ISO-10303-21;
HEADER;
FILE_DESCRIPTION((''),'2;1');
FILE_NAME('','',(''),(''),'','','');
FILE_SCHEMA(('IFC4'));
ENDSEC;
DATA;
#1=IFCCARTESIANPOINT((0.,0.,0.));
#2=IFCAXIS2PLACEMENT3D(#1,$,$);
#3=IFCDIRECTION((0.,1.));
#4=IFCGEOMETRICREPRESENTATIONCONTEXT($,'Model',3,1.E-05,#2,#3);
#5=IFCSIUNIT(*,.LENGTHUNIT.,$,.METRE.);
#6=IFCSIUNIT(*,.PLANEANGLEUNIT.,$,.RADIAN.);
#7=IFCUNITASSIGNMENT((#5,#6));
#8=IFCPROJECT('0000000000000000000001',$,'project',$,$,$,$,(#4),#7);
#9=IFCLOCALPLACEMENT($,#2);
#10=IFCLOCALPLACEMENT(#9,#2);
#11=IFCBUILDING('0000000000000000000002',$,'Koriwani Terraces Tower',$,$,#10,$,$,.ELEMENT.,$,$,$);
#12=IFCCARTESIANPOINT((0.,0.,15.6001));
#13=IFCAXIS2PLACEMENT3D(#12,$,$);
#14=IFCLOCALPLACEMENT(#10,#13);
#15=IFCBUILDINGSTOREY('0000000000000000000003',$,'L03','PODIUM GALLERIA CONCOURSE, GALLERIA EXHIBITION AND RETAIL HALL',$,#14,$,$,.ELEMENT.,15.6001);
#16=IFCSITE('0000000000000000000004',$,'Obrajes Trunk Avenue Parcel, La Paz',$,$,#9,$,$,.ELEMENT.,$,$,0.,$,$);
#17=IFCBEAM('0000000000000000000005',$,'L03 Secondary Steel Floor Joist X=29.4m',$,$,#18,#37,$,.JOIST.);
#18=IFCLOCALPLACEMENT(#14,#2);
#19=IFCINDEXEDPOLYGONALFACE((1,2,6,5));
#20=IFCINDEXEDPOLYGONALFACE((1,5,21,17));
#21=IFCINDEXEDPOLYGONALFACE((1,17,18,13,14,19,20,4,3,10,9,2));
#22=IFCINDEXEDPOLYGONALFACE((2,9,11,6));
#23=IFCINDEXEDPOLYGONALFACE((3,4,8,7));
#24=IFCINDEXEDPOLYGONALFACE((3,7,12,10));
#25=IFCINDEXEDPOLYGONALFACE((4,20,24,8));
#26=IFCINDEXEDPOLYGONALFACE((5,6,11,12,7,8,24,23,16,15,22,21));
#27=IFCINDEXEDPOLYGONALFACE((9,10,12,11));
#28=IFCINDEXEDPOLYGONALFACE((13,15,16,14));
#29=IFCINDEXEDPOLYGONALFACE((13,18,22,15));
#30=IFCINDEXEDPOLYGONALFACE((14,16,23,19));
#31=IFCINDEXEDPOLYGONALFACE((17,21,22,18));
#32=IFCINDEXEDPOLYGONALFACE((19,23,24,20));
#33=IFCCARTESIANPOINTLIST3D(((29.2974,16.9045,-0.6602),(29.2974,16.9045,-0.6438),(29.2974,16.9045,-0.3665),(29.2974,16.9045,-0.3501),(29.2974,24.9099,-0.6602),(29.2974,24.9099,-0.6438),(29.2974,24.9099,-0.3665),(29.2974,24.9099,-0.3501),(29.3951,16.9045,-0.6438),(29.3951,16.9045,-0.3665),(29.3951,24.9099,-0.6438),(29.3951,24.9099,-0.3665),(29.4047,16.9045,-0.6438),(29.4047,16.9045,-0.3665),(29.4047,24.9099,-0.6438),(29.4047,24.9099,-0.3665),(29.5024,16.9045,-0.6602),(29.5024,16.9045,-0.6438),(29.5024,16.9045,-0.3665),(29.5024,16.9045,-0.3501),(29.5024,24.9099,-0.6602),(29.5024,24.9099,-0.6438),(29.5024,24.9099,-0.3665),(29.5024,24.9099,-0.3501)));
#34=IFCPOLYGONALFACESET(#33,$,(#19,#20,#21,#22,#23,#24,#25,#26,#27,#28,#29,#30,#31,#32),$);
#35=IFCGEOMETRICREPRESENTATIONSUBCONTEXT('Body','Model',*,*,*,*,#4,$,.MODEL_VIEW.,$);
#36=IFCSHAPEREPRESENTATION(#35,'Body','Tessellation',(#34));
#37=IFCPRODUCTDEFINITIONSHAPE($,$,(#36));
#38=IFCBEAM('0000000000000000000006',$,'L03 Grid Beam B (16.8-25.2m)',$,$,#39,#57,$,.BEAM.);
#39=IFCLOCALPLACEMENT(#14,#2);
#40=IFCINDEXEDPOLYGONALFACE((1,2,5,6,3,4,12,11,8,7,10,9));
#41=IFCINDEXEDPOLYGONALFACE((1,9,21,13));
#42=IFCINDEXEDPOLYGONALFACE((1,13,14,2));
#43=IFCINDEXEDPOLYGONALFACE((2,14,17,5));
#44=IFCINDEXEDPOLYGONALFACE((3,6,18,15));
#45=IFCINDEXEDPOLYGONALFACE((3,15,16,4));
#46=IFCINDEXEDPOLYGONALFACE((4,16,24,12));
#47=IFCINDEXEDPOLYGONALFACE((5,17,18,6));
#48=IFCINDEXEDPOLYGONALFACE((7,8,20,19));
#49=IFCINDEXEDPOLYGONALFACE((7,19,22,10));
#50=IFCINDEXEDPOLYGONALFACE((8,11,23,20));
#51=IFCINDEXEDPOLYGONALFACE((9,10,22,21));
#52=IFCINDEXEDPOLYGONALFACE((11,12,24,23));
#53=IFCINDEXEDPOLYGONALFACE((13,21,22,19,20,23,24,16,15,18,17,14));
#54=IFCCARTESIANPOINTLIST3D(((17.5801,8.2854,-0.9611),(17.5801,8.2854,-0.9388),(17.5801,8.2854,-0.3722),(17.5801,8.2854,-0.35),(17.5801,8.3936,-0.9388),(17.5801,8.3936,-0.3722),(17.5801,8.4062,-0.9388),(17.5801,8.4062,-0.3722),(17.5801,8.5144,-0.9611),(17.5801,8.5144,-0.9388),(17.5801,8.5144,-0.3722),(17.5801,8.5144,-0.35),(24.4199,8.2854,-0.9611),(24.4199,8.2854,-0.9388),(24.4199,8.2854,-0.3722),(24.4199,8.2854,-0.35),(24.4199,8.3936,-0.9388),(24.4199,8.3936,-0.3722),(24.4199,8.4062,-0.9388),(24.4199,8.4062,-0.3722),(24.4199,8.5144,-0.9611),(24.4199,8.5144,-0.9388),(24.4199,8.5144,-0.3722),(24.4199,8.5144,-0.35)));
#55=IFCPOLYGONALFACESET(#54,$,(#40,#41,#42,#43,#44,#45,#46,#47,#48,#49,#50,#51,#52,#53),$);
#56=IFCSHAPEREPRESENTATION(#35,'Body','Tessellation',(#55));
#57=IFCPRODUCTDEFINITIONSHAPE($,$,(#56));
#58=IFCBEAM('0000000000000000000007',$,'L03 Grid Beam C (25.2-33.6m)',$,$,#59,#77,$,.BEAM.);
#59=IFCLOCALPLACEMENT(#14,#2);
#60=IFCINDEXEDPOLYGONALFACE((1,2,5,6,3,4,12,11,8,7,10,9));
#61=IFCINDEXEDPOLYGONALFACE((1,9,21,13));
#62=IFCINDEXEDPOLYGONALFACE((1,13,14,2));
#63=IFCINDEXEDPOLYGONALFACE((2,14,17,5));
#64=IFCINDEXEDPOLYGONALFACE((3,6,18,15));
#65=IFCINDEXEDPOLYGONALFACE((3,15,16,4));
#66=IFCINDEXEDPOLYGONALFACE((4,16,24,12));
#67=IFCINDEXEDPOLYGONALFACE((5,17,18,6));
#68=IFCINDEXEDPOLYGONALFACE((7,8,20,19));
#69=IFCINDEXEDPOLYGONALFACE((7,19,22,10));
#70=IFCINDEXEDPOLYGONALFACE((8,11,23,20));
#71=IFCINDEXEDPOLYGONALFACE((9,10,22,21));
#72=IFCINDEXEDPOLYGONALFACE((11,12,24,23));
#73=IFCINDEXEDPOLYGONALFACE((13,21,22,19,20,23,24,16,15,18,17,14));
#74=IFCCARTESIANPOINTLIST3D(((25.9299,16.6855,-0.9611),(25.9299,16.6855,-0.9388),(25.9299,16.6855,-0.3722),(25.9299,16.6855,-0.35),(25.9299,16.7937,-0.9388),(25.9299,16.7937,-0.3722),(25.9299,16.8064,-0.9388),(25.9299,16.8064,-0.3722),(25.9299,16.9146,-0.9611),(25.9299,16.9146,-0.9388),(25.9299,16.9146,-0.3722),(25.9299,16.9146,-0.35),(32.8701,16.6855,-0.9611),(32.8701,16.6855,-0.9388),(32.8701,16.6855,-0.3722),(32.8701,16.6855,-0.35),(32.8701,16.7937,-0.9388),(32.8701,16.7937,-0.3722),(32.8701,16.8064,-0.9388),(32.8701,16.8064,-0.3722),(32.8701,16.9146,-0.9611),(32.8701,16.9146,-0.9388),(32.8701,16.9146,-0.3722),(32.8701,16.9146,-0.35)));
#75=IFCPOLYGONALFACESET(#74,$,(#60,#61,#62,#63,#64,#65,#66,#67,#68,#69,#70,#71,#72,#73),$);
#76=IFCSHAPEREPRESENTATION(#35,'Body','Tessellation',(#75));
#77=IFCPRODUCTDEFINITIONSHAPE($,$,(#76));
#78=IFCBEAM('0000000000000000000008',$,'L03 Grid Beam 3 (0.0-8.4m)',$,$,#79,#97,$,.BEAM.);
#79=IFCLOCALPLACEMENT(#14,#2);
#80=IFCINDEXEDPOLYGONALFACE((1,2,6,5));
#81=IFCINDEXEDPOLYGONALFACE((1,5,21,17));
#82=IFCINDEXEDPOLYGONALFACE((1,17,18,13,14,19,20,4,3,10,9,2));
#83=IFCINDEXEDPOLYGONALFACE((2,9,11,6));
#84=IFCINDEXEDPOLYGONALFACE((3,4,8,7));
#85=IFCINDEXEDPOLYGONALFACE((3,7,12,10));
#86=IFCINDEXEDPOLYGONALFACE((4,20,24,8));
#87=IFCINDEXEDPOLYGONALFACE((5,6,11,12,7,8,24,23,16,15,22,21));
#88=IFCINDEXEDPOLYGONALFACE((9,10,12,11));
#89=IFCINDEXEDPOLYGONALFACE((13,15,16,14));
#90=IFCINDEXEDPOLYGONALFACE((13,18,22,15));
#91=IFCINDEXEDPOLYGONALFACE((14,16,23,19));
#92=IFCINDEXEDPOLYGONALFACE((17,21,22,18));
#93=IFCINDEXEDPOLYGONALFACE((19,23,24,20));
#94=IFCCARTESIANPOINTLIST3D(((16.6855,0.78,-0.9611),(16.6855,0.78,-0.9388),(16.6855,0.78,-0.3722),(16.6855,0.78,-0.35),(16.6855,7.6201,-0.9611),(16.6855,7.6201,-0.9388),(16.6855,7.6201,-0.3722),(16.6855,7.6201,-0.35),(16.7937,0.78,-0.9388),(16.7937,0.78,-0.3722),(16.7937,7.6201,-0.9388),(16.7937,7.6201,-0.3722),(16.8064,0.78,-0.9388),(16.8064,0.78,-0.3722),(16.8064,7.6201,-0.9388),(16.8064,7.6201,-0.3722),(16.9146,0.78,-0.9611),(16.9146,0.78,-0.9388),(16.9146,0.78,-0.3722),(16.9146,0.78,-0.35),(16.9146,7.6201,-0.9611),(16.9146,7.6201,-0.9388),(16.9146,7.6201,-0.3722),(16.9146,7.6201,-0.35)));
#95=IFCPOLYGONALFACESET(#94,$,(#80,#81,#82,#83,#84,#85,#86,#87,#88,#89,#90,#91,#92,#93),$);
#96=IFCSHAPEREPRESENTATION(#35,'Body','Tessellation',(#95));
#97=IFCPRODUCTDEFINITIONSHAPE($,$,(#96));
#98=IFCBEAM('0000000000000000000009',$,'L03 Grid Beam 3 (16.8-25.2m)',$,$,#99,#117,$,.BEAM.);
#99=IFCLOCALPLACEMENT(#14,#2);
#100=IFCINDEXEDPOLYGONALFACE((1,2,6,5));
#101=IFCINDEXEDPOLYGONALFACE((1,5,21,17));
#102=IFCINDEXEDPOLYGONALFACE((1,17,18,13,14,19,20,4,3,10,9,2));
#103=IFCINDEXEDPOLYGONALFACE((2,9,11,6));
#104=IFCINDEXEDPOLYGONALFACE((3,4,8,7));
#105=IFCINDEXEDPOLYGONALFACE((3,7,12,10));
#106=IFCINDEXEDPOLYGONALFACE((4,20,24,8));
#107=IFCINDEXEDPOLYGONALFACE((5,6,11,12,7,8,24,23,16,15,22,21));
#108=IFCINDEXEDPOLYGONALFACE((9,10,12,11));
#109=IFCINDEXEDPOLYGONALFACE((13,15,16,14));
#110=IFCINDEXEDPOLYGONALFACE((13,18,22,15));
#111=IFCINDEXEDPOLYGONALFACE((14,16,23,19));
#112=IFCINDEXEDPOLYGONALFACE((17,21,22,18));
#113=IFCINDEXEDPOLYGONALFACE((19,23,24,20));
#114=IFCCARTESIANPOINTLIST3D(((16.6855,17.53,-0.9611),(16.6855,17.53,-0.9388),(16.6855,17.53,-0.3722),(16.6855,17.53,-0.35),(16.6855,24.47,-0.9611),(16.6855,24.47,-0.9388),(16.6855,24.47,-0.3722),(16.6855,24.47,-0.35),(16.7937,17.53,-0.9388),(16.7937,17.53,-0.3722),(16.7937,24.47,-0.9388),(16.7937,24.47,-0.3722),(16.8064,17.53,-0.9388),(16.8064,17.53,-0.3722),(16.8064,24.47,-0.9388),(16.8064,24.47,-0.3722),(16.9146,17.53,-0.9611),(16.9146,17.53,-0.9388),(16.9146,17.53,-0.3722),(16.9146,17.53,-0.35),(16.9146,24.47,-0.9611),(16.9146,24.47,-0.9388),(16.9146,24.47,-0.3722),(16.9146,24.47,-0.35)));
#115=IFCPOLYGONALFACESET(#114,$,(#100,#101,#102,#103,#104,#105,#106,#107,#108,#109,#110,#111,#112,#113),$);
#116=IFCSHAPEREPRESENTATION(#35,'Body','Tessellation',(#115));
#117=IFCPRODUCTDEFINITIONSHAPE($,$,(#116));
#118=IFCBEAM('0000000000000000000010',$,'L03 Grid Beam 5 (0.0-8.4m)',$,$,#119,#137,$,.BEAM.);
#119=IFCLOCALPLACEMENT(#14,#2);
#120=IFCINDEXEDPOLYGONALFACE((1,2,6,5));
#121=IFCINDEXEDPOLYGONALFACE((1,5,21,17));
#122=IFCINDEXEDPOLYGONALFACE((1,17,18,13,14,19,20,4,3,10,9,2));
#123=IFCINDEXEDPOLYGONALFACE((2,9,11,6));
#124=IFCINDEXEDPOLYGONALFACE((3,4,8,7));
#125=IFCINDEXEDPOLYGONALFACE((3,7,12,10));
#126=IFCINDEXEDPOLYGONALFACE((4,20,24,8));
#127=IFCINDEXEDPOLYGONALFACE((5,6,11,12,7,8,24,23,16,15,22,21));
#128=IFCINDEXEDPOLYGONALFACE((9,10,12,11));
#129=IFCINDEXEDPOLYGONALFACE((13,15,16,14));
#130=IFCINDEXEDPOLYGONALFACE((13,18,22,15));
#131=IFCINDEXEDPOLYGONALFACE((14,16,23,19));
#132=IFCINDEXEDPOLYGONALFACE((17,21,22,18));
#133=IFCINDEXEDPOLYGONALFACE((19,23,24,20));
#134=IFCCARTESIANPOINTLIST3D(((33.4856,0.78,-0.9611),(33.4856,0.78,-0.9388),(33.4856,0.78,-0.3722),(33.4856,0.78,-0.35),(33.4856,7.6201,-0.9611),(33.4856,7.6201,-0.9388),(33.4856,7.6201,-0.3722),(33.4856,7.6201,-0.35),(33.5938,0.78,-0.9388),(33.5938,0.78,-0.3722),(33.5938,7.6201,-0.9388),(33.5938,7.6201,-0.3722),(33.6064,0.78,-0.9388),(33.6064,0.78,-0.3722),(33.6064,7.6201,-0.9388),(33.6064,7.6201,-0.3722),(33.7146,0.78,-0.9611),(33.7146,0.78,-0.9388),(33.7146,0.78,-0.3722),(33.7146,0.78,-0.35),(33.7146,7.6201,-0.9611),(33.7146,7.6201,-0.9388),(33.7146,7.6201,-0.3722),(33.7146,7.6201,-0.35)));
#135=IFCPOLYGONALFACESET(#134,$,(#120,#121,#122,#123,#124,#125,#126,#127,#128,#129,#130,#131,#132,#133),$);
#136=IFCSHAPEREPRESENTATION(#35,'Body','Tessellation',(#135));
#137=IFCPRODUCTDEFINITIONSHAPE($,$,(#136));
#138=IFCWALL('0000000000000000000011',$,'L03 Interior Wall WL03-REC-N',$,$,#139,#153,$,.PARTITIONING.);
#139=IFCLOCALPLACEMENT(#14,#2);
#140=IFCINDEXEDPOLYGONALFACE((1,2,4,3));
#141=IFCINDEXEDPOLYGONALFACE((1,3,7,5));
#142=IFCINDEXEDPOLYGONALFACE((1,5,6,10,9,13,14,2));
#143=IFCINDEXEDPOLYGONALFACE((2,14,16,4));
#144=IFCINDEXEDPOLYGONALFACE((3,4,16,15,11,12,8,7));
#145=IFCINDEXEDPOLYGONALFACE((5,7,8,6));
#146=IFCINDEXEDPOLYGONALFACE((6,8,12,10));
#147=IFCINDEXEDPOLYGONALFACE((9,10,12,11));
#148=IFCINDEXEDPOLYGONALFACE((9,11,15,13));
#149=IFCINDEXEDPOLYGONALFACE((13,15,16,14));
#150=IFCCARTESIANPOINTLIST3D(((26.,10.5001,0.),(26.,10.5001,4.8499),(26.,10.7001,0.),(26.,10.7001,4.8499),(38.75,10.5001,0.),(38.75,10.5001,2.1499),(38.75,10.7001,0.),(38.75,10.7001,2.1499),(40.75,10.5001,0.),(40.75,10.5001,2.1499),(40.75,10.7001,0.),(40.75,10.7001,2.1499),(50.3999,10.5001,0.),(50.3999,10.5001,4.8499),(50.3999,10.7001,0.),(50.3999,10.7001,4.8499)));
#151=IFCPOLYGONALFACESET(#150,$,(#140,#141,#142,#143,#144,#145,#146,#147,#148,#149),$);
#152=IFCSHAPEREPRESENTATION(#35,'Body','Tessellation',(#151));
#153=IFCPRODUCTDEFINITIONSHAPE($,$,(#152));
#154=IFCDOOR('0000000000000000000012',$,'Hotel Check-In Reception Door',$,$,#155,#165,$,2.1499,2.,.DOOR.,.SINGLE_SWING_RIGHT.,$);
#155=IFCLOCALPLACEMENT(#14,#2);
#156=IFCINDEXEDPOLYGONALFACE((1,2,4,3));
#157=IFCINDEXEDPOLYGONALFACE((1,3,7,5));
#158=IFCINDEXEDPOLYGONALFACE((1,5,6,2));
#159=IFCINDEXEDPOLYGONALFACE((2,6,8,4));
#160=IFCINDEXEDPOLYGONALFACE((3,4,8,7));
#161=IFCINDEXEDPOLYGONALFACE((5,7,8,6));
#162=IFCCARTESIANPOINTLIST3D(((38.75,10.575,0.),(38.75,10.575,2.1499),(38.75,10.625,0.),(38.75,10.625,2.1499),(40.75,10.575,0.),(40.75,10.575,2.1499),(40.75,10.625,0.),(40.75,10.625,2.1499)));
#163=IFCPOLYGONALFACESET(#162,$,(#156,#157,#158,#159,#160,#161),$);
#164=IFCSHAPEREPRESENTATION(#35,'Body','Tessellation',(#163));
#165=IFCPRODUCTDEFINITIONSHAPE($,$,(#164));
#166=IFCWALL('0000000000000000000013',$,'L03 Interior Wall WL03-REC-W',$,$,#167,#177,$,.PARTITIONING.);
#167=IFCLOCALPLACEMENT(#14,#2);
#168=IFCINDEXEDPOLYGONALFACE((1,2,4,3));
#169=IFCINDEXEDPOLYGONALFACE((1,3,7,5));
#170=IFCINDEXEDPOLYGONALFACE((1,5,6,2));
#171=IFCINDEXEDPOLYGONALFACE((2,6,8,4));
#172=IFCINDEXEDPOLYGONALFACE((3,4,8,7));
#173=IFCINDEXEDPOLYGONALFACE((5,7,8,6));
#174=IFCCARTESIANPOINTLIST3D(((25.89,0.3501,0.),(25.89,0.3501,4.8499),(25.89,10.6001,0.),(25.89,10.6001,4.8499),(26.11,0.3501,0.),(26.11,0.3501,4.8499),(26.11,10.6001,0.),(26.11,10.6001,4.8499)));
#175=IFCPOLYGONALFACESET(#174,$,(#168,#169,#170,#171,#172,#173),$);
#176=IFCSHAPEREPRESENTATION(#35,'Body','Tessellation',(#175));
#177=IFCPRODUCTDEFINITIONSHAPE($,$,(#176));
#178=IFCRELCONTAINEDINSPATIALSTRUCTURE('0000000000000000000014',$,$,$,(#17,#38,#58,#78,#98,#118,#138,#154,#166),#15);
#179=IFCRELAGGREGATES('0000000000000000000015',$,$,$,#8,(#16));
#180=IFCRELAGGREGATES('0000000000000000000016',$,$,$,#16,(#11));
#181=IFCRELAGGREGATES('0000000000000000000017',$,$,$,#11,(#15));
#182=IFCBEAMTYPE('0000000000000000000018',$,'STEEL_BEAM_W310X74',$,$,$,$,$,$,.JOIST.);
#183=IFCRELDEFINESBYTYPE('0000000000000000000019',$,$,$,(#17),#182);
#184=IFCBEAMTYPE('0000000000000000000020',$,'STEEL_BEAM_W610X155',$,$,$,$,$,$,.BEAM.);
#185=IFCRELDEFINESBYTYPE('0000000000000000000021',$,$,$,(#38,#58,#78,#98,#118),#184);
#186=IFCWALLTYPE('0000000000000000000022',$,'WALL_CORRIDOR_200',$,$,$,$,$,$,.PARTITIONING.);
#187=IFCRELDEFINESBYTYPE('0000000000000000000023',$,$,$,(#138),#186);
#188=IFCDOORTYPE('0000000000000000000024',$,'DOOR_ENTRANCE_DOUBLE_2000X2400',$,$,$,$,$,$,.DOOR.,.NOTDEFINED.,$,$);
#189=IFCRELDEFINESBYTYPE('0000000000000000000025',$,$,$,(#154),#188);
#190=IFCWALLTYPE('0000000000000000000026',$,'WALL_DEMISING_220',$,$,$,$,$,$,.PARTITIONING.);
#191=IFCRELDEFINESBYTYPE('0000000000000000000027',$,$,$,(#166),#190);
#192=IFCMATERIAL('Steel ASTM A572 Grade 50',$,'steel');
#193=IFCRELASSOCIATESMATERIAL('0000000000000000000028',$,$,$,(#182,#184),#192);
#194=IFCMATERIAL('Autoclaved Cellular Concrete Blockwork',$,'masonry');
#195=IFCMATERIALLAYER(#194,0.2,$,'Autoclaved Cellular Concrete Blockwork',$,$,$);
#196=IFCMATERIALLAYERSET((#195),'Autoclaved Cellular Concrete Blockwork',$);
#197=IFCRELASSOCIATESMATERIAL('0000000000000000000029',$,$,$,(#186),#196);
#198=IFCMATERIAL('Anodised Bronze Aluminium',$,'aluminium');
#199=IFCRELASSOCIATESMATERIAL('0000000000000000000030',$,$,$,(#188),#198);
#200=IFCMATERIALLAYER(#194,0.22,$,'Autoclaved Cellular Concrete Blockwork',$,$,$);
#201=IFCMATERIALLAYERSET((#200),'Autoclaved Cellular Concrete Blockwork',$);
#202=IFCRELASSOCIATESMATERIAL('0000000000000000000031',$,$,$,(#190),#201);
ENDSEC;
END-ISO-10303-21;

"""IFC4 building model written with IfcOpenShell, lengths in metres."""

from ifc_helpers import new_model, si_unit, direction, frame, frame_2d, origin, origin_2d, place, context, subcontext, project, spatial, rectangle, i_section, extrude, material, layer, layer_set, material_profile, profile_set, type_object, element, fill, save


model = new_model("IFC4")

# Units and contexts
model_context = context("Model", 3, precision=1e-05, world=origin(), true_north=direction((0.0, 1.0)))
body_context = subcontext(model_context, "Body", "Model", "MODEL_VIEW")
ifc_project = project(units=[si_unit("LENGTHUNIT", "METRE"), si_unit("PLANEANGLEUNIT", "RADIAN")], contexts=[model_context])

# Site, building, storey
site_placement = place(None, origin())
site = spatial("IfcSite", under=ifc_project, at=site_placement, Name="Obrajes Trunk Avenue Parcel, La Paz", CompositionType="ELEMENT", RefElevation=0.0)
building_placement = place(site_placement, origin())
building = spatial("IfcBuilding", under=site, at=building_placement, Name="Koriwani Terraces Tower", CompositionType="ELEMENT")
storey_placement = place(building_placement, frame((0.0, 0.0, 15.6001)))
storey = spatial("IfcBuildingStorey", under=building, at=storey_placement, Name="L03", Description="PODIUM GALLERIA CONCOURSE, GALLERIA EXHIBITION AND RETAIL HALL", CompositionType="ELEMENT", Elevation=15.6001)

# Beams
ifc_material_1 = material(Name="Steel ASTM A572 Grade 50", Category="steel")
ifc_material_profile_1 = material_profile(ifc_material_1, i_section(OverallWidth=0.2051, OverallDepth=0.3101, WebThickness=0.0095, FlangeThickness=0.0164, at=origin_2d()), Name="Steel ASTM A572 Grade 50", Category="LoadBearing")
ifc_profile_set_1 = profile_set([ifc_material_profile_1], Name="Steel ASTM A572 Grade 50")
beam_type_1 = type_object("IfcBeamType", Name="STEEL_BEAM_W310X74", PredefinedType="JOIST", material=ifc_profile_set_1)
beam_1_placement = place(storey_placement, frame((29.3999, 16.9045, -0.5051), z_axis=(0.0, 1.0, 0.0), x_axis=(-1.0, 0.0, 0.0)))
element("IfcBeam", 1, at=beam_1_placement, inside=storey, type_object=beam_type_1, Name="L03 Secondary Steel Floor Joist X=29.4m", PredefinedType="JOIST", context=body_context, shape_type="SweptSolid", body=[
    extrude(i_section(OverallWidth=0.2051, OverallDepth=0.3101, WebThickness=0.0095, FlangeThickness=0.0164, at=origin_2d()), origin(), (0.0, 0.0, 1.0), 8.0054),
])
ifc_material_profile_2 = material_profile(ifc_material_1, i_section(OverallWidth=0.229, OverallDepth=0.6111, WebThickness=0.0127, FlangeThickness=0.0222, at=origin_2d()), Name="Steel ASTM A572 Grade 50", Category="LoadBearing")
ifc_profile_set_2 = profile_set([ifc_material_profile_2], Name="Steel ASTM A572 Grade 50")
beam_type_2 = type_object("IfcBeamType", Name="STEEL_BEAM_W610X155", PredefinedType="BEAM", material=ifc_profile_set_2)
beam_2_placement = place(storey_placement, frame((17.5801, 8.3999, -0.6555), z_axis=(1.0, 0.0, 0.0), x_axis=(0.0, 1.0, 0.0)))
element("IfcBeam", 2, at=beam_2_placement, inside=storey, type_object=beam_type_2, Name="L03 Grid Beam B (16.8-25.2m)", PredefinedType="BEAM", context=body_context, shape_type="SweptSolid", body=[
    extrude(i_section(OverallWidth=0.229, OverallDepth=0.6111, WebThickness=0.0127, FlangeThickness=0.0222, at=origin_2d()), origin(), (0.0, 0.0, 1.0), 6.8398),
])
beam_3_placement = place(storey_placement, frame((25.9299, 16.8, -0.6555), z_axis=(1.0, 0.0, 0.0), x_axis=(0.0, 1.0, 0.0)))
element("IfcBeam", 3, at=beam_3_placement, inside=storey, type_object=beam_type_2, Name="L03 Grid Beam C (25.2-33.6m)", PredefinedType="BEAM", context=body_context, shape_type="SweptSolid", body=[
    extrude(i_section(OverallWidth=0.229, OverallDepth=0.6111, WebThickness=0.0127, FlangeThickness=0.0222, at=origin_2d()), origin(), (0.0, 0.0, 1.0), 6.9402),
])
beam_4_placement = place(storey_placement, frame((16.8, 0.78, -0.6555), z_axis=(0.0, 1.0, 0.0), x_axis=(-1.0, 0.0, 0.0)))
element("IfcBeam", 4, at=beam_4_placement, inside=storey, type_object=beam_type_2, Name="L03 Grid Beam 3 (0.0-8.4m)", PredefinedType="BEAM", context=body_context, shape_type="SweptSolid", body=[
    extrude(i_section(OverallWidth=0.229, OverallDepth=0.6111, WebThickness=0.0127, FlangeThickness=0.0222, at=origin_2d()), origin(), (0.0, 0.0, 1.0), 6.8401),
])
beam_5_placement = place(storey_placement, frame((16.8, 17.53, -0.6555), z_axis=(0.0, 1.0, 0.0), x_axis=(-1.0, 0.0, 0.0)))
element("IfcBeam", 5, at=beam_5_placement, inside=storey, type_object=beam_type_2, Name="L03 Grid Beam 3 (16.8-25.2m)", PredefinedType="BEAM", context=body_context, shape_type="SweptSolid", body=[
    extrude(i_section(OverallWidth=0.229, OverallDepth=0.6111, WebThickness=0.0127, FlangeThickness=0.0222, at=origin_2d()), origin(), (0.0, 0.0, 1.0), 6.9399),
])
beam_6_placement = place(storey_placement, frame((33.6001, 0.78, -0.6555), z_axis=(0.0, 1.0, 0.0), x_axis=(-1.0, 0.0, 0.0)))
element("IfcBeam", 6, at=beam_6_placement, inside=storey, type_object=beam_type_2, Name="L03 Grid Beam 5 (0.0-8.4m)", PredefinedType="BEAM", context=body_context, shape_type="SweptSolid", body=[
    extrude(i_section(OverallWidth=0.229, OverallDepth=0.6111, WebThickness=0.0127, FlangeThickness=0.0222, at=origin_2d()), origin(), (0.0, 0.0, 1.0), 6.8401),
])

# Wall, opening, door
ifc_material_2 = material(Name="Autoclaved Cellular Concrete Blockwork", Category="masonry")
ifc_layer_1 = layer(ifc_material_2, 0.2, Name="Autoclaved Cellular Concrete Blockwork")
ifc_layer_set_1 = layer_set([ifc_layer_1], Name="Autoclaved Cellular Concrete Blockwork")
wall_type_1 = type_object("IfcWallType", Name="WALL_CORRIDOR_200", PredefinedType="PARTITIONING", material=ifc_layer_set_1)
wall_1_placement = place(storey_placement, frame((26.0, 10.6001, 0.0), z_axis=(0.0, 0.0, 1.0), x_axis=(1.0, 0.0, 0.0)))
wall_1 = element("IfcWall", 7, at=wall_1_placement, inside=storey, type_object=wall_type_1, Name="L03 Interior Wall WL03-REC-N", PredefinedType="PARTITIONING", context=body_context, shape_type="SweptSolid", body=[
    extrude(rectangle(XDim=24.3999, YDim=0.2, at=frame_2d((12.2, 0.0))), origin(), (0.0, 0.0, 1.0), 4.8499),
])
opening_placement = place(wall_1_placement, frame((12.75, 0.0, 0.0)))
opening = element("IfcOpeningElement", 8, at=opening_placement, cuts=wall_1, PredefinedType="OPENING", context=body_context, shape_type="SweptSolid", body=[
    extrude(rectangle(XDim=2.0, YDim=2.1499, at=frame_2d((1.0, 1.075))), frame((0.0, 0.1099, 0.0), z_axis=(0.0, -1.0, 0.0), x_axis=(1.0, 0.0, 0.0)), (0.0, 0.0, 1.0), 0.22),
])
ifc_material_3 = material(Name="Anodised Bronze Aluminium", Category="aluminium")
door_type = type_object("IfcDoorType", Name="DOOR_ENTRANCE_DOUBLE_2000X2400", OperationType="NOTDEFINED", PredefinedType="DOOR", material=ifc_material_3)
door_placement = place(opening_placement, origin())
door = element("IfcDoor", 9, at=door_placement, inside=storey, type_object=door_type, Name="Hotel Check-In Reception Door", OperationType="SINGLE_SWING_RIGHT", OverallHeight=2.1499, OverallWidth=2.0, PredefinedType="DOOR", context=body_context, shape_type="SweptSolid", body=[
    extrude(rectangle(XDim=2.0, YDim=2.1499, at=frame_2d((1.0, 1.075))), frame((0.0, 0.0249, 0.0), z_axis=(0.0, -1.0, 0.0), x_axis=(1.0, 0.0, 0.0)), (0.0, 0.0, 1.0), 0.05),
])
fill(opening, door)

# Wall
ifc_layer_2 = layer(ifc_material_2, 0.22, Name="Autoclaved Cellular Concrete Blockwork")
ifc_layer_set_2 = layer_set([ifc_layer_2], Name="Autoclaved Cellular Concrete Blockwork")
wall_type_2 = type_object("IfcWallType", Name="WALL_DEMISING_220", PredefinedType="PARTITIONING", material=ifc_layer_set_2)
wall_2_placement = place(storey_placement, frame((26.0, 0.3501, 0.0), z_axis=(0.0, 0.0, 1.0), x_axis=(0.0, 1.0, 0.0)))
element("IfcWall", 10, at=wall_2_placement, inside=storey, type_object=wall_type_2, Name="L03 Interior Wall WL03-REC-W", PredefinedType="PARTITIONING", context=body_context, shape_type="SweptSolid", body=[
    extrude(rectangle(XDim=10.25, YDim=0.22, at=frame_2d((5.125, 0.0))), origin(), (0.0, 0.0, 1.0), 4.8499),
])

save(model, "model.ifc")
